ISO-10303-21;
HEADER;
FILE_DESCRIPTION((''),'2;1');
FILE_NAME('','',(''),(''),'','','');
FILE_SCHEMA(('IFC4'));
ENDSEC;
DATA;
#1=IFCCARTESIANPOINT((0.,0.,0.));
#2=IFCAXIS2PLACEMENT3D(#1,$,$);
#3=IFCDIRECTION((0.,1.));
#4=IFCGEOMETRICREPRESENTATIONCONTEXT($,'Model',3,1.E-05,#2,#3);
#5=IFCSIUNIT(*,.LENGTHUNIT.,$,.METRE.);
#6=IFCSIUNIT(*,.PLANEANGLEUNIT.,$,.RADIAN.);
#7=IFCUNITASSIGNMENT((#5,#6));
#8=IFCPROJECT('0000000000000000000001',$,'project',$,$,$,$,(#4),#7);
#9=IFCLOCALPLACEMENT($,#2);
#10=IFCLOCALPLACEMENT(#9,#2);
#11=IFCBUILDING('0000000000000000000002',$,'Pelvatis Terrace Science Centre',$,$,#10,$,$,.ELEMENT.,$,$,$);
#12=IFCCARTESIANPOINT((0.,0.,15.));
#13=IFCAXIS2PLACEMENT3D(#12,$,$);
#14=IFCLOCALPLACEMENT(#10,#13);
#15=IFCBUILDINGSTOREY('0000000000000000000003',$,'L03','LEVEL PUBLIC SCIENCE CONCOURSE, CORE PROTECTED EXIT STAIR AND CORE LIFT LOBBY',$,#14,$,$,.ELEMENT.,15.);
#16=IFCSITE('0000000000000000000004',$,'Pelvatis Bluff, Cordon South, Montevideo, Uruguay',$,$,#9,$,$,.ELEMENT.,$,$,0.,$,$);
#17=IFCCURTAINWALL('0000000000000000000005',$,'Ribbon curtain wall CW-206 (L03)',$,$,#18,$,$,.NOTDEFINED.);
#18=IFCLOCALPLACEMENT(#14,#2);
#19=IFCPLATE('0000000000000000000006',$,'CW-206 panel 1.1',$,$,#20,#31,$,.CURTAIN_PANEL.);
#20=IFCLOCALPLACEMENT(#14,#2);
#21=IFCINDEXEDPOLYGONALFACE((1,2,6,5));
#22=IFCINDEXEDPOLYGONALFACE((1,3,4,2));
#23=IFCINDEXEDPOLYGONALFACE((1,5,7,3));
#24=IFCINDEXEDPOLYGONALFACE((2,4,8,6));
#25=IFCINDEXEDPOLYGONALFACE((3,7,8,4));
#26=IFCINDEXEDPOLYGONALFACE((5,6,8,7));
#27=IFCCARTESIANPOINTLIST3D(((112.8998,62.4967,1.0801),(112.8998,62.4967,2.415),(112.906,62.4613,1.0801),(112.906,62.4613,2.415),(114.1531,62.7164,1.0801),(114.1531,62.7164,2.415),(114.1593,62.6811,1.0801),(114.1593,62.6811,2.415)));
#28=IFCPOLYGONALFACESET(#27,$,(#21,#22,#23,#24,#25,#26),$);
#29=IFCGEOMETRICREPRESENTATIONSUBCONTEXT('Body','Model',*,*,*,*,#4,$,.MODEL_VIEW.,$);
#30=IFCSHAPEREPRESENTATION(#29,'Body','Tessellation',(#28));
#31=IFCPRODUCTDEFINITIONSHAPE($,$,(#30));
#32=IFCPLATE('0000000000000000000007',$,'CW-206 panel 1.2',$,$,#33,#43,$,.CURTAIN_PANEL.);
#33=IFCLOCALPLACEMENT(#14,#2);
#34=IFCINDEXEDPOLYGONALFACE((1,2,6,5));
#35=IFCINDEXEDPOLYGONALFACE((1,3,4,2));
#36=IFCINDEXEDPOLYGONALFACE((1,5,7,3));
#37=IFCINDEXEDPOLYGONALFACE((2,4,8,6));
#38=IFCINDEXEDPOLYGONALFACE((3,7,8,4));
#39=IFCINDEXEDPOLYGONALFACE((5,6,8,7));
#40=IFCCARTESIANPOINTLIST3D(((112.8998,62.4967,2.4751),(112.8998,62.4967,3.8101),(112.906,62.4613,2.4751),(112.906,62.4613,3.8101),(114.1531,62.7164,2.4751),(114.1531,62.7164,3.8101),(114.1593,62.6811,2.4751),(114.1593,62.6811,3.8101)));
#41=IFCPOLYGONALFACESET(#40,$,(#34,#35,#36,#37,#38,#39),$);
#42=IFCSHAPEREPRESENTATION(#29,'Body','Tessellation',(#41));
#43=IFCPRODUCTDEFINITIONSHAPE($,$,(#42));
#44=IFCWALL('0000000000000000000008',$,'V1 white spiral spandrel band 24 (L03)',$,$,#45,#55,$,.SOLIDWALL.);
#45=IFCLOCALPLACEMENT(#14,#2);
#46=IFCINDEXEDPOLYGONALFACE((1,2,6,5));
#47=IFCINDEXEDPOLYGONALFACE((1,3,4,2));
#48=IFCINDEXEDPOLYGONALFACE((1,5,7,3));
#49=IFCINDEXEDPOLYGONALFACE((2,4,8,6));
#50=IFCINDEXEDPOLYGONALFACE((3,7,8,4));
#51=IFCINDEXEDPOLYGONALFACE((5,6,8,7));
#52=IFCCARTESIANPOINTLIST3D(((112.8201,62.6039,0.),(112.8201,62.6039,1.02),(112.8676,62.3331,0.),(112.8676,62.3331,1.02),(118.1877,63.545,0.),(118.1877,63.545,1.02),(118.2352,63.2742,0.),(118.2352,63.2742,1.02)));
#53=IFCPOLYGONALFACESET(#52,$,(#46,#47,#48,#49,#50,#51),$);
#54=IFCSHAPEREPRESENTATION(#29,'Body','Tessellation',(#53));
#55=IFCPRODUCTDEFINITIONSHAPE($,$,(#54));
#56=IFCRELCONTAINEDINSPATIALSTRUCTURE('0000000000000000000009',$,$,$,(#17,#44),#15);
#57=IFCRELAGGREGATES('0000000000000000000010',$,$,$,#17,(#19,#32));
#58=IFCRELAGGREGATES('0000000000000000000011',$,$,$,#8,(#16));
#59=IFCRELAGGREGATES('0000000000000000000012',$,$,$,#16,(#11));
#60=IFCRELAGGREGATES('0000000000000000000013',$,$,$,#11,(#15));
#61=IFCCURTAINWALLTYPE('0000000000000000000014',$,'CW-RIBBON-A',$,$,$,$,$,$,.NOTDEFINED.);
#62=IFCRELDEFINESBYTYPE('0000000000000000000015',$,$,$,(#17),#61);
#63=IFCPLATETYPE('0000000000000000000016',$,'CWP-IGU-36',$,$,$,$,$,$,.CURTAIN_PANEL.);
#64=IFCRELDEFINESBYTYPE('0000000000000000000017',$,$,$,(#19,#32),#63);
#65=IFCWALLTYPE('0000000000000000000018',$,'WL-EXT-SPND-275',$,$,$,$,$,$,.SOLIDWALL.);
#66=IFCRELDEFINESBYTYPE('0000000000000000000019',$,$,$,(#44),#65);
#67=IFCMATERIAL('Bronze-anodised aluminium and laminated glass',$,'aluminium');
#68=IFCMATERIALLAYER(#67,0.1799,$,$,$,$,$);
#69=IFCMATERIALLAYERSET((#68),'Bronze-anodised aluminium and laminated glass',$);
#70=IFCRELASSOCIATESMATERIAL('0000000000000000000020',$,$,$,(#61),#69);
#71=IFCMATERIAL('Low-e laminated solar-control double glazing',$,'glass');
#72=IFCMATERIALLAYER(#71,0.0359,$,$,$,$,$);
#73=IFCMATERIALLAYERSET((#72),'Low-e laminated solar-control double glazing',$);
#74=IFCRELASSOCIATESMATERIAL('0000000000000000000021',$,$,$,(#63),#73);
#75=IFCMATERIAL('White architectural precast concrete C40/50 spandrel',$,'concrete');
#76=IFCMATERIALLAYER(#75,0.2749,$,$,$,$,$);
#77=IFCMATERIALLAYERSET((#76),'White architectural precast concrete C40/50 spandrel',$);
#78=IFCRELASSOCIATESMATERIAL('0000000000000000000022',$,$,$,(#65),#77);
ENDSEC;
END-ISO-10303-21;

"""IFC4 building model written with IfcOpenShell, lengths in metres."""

from ifc_helpers import new_model, si_unit, direction, frame, frame_2d, origin, origin_2d, place, context, subcontext, project, spatial, rectangle, extrude, material, layer, layer_set, type_object, element, aggregate, save


model = new_model("IFC4")

# Units and contexts
model_context = context("Model", 3, precision=1e-05, world=origin(), true_north=direction((0.0, 1.0)))
body_context = subcontext(model_context, "Body", "Model", "MODEL_VIEW")
ifc_project = project(units=[si_unit("LENGTHUNIT", "METRE"), si_unit("PLANEANGLEUNIT", "RADIAN")], contexts=[model_context])

# Site, building, storey
site_placement = place(None, origin())
site = spatial("IfcSite", under=ifc_project, at=site_placement, Name="Pelvatis Bluff, Cordon South, Montevideo, Uruguay", CompositionType="ELEMENT", RefElevation=0.0)
building_placement = place(site_placement, origin())
building = spatial("IfcBuilding", under=site, at=building_placement, Name="Pelvatis Terrace Science Centre", CompositionType="ELEMENT")
storey_placement = place(building_placement, frame((0.0, 0.0, 15.0)))
storey = spatial("IfcBuildingStorey", under=building, at=storey_placement, Name="L03", Description="LEVEL PUBLIC SCIENCE CONCOURSE, CORE PROTECTED EXIT STAIR AND CORE LIFT LOBBY", CompositionType="ELEMENT", Elevation=15.0)

# Curtain wall
ifc_material_1 = material(Name="Bronze-anodised aluminium and laminated glass", Category="aluminium")
ifc_layer_1 = layer(ifc_material_1, 0.1799)
ifc_layer_set_1 = layer_set([ifc_layer_1], Name="Bronze-anodised aluminium and laminated glass")
curtain_wall_type = type_object("IfcCurtainWallType", Name="CW-RIBBON-A", PredefinedType="NOTDEFINED", material=ifc_layer_set_1)
curtain_wall_1_placement = place(storey_placement, origin())
curtain_wall_1 = element("IfcCurtainWall", 1, at=curtain_wall_1_placement, inside=storey, type_object=curtain_wall_type, Name="Ribbon curtain wall CW-206 (L03)", PredefinedType="NOTDEFINED")

# Plates
ifc_material_2 = material(Name="Low-e laminated solar-control double glazing", Category="glass")
ifc_layer_2 = layer(ifc_material_2, 0.0359)
ifc_layer_set_2 = layer_set([ifc_layer_2], Name="Low-e laminated solar-control double glazing")
plate_type = type_object("IfcPlateType", Name="CWP-IGU-36", PredefinedType="CURTAIN_PANEL", material=ifc_layer_set_2)
plate_1_placement = place(storey_placement, frame((113.5295, 62.5889, 1.0801), z_axis=(0.0, 0.0, 1.0), x_axis=(0.984979, 0.172671, 0.0)))
plate_1 = element("IfcPlate", 2, at=plate_1_placement, type_object=plate_type, Name="CW-206 panel 1.1", PredefinedType="CURTAIN_PANEL", context=body_context, shape_type="SweptSolid", body=[
    extrude(rectangle(XDim=1.2725, YDim=0.0359, at=origin_2d()), origin(), (0.0, 0.0, 1.0), 1.335),
])
plate_2_placement = place(storey_placement, frame((113.5295, 62.5889, 2.4751), z_axis=(0.0, 0.0, 1.0), x_axis=(0.984979, 0.172671, 0.0)))
plate_2 = element("IfcPlate", 3, at=plate_2_placement, type_object=plate_type, Name="CW-206 panel 1.2", PredefinedType="CURTAIN_PANEL", context=body_context, shape_type="SweptSolid", body=[
    extrude(rectangle(XDim=1.2725, YDim=0.0359, at=origin_2d()), origin(), (0.0, 0.0, 1.0), 1.335),
])
aggregate(curtain_wall_1, [plate_1, plate_2])

# Wall
ifc_material_3 = material(Name="White architectural precast concrete C40/50 spandrel", Category="concrete")
ifc_layer_3 = layer(ifc_material_3, 0.2749)
ifc_layer_set_3 = layer_set([ifc_layer_3], Name="White architectural precast concrete C40/50 spandrel")
wall_type = type_object("IfcWallType", Name="WL-EXT-SPND-275", PredefinedType="SOLIDWALL", material=ifc_layer_set_3)
wall_placement = place(storey_placement, frame((112.844, 62.4685, 0.0), z_axis=(0.0, 0.0, 1.0), x_axis=(0.984974, 0.172704, 0.0)))
element("IfcWall", 4, at=wall_placement, inside=storey, type_object=wall_type, Name="V1 white spiral spandrel band 24 (L03)", PredefinedType="SOLIDWALL", context=body_context, shape_type="SweptSolid", body=[
    extrude(rectangle(XDim=5.4495, YDim=0.2749, at=frame_2d((2.7246, 0.0))), origin(), (0.0, 0.0, 1.0), 1.02),
])

save(model, "model.ifc")
